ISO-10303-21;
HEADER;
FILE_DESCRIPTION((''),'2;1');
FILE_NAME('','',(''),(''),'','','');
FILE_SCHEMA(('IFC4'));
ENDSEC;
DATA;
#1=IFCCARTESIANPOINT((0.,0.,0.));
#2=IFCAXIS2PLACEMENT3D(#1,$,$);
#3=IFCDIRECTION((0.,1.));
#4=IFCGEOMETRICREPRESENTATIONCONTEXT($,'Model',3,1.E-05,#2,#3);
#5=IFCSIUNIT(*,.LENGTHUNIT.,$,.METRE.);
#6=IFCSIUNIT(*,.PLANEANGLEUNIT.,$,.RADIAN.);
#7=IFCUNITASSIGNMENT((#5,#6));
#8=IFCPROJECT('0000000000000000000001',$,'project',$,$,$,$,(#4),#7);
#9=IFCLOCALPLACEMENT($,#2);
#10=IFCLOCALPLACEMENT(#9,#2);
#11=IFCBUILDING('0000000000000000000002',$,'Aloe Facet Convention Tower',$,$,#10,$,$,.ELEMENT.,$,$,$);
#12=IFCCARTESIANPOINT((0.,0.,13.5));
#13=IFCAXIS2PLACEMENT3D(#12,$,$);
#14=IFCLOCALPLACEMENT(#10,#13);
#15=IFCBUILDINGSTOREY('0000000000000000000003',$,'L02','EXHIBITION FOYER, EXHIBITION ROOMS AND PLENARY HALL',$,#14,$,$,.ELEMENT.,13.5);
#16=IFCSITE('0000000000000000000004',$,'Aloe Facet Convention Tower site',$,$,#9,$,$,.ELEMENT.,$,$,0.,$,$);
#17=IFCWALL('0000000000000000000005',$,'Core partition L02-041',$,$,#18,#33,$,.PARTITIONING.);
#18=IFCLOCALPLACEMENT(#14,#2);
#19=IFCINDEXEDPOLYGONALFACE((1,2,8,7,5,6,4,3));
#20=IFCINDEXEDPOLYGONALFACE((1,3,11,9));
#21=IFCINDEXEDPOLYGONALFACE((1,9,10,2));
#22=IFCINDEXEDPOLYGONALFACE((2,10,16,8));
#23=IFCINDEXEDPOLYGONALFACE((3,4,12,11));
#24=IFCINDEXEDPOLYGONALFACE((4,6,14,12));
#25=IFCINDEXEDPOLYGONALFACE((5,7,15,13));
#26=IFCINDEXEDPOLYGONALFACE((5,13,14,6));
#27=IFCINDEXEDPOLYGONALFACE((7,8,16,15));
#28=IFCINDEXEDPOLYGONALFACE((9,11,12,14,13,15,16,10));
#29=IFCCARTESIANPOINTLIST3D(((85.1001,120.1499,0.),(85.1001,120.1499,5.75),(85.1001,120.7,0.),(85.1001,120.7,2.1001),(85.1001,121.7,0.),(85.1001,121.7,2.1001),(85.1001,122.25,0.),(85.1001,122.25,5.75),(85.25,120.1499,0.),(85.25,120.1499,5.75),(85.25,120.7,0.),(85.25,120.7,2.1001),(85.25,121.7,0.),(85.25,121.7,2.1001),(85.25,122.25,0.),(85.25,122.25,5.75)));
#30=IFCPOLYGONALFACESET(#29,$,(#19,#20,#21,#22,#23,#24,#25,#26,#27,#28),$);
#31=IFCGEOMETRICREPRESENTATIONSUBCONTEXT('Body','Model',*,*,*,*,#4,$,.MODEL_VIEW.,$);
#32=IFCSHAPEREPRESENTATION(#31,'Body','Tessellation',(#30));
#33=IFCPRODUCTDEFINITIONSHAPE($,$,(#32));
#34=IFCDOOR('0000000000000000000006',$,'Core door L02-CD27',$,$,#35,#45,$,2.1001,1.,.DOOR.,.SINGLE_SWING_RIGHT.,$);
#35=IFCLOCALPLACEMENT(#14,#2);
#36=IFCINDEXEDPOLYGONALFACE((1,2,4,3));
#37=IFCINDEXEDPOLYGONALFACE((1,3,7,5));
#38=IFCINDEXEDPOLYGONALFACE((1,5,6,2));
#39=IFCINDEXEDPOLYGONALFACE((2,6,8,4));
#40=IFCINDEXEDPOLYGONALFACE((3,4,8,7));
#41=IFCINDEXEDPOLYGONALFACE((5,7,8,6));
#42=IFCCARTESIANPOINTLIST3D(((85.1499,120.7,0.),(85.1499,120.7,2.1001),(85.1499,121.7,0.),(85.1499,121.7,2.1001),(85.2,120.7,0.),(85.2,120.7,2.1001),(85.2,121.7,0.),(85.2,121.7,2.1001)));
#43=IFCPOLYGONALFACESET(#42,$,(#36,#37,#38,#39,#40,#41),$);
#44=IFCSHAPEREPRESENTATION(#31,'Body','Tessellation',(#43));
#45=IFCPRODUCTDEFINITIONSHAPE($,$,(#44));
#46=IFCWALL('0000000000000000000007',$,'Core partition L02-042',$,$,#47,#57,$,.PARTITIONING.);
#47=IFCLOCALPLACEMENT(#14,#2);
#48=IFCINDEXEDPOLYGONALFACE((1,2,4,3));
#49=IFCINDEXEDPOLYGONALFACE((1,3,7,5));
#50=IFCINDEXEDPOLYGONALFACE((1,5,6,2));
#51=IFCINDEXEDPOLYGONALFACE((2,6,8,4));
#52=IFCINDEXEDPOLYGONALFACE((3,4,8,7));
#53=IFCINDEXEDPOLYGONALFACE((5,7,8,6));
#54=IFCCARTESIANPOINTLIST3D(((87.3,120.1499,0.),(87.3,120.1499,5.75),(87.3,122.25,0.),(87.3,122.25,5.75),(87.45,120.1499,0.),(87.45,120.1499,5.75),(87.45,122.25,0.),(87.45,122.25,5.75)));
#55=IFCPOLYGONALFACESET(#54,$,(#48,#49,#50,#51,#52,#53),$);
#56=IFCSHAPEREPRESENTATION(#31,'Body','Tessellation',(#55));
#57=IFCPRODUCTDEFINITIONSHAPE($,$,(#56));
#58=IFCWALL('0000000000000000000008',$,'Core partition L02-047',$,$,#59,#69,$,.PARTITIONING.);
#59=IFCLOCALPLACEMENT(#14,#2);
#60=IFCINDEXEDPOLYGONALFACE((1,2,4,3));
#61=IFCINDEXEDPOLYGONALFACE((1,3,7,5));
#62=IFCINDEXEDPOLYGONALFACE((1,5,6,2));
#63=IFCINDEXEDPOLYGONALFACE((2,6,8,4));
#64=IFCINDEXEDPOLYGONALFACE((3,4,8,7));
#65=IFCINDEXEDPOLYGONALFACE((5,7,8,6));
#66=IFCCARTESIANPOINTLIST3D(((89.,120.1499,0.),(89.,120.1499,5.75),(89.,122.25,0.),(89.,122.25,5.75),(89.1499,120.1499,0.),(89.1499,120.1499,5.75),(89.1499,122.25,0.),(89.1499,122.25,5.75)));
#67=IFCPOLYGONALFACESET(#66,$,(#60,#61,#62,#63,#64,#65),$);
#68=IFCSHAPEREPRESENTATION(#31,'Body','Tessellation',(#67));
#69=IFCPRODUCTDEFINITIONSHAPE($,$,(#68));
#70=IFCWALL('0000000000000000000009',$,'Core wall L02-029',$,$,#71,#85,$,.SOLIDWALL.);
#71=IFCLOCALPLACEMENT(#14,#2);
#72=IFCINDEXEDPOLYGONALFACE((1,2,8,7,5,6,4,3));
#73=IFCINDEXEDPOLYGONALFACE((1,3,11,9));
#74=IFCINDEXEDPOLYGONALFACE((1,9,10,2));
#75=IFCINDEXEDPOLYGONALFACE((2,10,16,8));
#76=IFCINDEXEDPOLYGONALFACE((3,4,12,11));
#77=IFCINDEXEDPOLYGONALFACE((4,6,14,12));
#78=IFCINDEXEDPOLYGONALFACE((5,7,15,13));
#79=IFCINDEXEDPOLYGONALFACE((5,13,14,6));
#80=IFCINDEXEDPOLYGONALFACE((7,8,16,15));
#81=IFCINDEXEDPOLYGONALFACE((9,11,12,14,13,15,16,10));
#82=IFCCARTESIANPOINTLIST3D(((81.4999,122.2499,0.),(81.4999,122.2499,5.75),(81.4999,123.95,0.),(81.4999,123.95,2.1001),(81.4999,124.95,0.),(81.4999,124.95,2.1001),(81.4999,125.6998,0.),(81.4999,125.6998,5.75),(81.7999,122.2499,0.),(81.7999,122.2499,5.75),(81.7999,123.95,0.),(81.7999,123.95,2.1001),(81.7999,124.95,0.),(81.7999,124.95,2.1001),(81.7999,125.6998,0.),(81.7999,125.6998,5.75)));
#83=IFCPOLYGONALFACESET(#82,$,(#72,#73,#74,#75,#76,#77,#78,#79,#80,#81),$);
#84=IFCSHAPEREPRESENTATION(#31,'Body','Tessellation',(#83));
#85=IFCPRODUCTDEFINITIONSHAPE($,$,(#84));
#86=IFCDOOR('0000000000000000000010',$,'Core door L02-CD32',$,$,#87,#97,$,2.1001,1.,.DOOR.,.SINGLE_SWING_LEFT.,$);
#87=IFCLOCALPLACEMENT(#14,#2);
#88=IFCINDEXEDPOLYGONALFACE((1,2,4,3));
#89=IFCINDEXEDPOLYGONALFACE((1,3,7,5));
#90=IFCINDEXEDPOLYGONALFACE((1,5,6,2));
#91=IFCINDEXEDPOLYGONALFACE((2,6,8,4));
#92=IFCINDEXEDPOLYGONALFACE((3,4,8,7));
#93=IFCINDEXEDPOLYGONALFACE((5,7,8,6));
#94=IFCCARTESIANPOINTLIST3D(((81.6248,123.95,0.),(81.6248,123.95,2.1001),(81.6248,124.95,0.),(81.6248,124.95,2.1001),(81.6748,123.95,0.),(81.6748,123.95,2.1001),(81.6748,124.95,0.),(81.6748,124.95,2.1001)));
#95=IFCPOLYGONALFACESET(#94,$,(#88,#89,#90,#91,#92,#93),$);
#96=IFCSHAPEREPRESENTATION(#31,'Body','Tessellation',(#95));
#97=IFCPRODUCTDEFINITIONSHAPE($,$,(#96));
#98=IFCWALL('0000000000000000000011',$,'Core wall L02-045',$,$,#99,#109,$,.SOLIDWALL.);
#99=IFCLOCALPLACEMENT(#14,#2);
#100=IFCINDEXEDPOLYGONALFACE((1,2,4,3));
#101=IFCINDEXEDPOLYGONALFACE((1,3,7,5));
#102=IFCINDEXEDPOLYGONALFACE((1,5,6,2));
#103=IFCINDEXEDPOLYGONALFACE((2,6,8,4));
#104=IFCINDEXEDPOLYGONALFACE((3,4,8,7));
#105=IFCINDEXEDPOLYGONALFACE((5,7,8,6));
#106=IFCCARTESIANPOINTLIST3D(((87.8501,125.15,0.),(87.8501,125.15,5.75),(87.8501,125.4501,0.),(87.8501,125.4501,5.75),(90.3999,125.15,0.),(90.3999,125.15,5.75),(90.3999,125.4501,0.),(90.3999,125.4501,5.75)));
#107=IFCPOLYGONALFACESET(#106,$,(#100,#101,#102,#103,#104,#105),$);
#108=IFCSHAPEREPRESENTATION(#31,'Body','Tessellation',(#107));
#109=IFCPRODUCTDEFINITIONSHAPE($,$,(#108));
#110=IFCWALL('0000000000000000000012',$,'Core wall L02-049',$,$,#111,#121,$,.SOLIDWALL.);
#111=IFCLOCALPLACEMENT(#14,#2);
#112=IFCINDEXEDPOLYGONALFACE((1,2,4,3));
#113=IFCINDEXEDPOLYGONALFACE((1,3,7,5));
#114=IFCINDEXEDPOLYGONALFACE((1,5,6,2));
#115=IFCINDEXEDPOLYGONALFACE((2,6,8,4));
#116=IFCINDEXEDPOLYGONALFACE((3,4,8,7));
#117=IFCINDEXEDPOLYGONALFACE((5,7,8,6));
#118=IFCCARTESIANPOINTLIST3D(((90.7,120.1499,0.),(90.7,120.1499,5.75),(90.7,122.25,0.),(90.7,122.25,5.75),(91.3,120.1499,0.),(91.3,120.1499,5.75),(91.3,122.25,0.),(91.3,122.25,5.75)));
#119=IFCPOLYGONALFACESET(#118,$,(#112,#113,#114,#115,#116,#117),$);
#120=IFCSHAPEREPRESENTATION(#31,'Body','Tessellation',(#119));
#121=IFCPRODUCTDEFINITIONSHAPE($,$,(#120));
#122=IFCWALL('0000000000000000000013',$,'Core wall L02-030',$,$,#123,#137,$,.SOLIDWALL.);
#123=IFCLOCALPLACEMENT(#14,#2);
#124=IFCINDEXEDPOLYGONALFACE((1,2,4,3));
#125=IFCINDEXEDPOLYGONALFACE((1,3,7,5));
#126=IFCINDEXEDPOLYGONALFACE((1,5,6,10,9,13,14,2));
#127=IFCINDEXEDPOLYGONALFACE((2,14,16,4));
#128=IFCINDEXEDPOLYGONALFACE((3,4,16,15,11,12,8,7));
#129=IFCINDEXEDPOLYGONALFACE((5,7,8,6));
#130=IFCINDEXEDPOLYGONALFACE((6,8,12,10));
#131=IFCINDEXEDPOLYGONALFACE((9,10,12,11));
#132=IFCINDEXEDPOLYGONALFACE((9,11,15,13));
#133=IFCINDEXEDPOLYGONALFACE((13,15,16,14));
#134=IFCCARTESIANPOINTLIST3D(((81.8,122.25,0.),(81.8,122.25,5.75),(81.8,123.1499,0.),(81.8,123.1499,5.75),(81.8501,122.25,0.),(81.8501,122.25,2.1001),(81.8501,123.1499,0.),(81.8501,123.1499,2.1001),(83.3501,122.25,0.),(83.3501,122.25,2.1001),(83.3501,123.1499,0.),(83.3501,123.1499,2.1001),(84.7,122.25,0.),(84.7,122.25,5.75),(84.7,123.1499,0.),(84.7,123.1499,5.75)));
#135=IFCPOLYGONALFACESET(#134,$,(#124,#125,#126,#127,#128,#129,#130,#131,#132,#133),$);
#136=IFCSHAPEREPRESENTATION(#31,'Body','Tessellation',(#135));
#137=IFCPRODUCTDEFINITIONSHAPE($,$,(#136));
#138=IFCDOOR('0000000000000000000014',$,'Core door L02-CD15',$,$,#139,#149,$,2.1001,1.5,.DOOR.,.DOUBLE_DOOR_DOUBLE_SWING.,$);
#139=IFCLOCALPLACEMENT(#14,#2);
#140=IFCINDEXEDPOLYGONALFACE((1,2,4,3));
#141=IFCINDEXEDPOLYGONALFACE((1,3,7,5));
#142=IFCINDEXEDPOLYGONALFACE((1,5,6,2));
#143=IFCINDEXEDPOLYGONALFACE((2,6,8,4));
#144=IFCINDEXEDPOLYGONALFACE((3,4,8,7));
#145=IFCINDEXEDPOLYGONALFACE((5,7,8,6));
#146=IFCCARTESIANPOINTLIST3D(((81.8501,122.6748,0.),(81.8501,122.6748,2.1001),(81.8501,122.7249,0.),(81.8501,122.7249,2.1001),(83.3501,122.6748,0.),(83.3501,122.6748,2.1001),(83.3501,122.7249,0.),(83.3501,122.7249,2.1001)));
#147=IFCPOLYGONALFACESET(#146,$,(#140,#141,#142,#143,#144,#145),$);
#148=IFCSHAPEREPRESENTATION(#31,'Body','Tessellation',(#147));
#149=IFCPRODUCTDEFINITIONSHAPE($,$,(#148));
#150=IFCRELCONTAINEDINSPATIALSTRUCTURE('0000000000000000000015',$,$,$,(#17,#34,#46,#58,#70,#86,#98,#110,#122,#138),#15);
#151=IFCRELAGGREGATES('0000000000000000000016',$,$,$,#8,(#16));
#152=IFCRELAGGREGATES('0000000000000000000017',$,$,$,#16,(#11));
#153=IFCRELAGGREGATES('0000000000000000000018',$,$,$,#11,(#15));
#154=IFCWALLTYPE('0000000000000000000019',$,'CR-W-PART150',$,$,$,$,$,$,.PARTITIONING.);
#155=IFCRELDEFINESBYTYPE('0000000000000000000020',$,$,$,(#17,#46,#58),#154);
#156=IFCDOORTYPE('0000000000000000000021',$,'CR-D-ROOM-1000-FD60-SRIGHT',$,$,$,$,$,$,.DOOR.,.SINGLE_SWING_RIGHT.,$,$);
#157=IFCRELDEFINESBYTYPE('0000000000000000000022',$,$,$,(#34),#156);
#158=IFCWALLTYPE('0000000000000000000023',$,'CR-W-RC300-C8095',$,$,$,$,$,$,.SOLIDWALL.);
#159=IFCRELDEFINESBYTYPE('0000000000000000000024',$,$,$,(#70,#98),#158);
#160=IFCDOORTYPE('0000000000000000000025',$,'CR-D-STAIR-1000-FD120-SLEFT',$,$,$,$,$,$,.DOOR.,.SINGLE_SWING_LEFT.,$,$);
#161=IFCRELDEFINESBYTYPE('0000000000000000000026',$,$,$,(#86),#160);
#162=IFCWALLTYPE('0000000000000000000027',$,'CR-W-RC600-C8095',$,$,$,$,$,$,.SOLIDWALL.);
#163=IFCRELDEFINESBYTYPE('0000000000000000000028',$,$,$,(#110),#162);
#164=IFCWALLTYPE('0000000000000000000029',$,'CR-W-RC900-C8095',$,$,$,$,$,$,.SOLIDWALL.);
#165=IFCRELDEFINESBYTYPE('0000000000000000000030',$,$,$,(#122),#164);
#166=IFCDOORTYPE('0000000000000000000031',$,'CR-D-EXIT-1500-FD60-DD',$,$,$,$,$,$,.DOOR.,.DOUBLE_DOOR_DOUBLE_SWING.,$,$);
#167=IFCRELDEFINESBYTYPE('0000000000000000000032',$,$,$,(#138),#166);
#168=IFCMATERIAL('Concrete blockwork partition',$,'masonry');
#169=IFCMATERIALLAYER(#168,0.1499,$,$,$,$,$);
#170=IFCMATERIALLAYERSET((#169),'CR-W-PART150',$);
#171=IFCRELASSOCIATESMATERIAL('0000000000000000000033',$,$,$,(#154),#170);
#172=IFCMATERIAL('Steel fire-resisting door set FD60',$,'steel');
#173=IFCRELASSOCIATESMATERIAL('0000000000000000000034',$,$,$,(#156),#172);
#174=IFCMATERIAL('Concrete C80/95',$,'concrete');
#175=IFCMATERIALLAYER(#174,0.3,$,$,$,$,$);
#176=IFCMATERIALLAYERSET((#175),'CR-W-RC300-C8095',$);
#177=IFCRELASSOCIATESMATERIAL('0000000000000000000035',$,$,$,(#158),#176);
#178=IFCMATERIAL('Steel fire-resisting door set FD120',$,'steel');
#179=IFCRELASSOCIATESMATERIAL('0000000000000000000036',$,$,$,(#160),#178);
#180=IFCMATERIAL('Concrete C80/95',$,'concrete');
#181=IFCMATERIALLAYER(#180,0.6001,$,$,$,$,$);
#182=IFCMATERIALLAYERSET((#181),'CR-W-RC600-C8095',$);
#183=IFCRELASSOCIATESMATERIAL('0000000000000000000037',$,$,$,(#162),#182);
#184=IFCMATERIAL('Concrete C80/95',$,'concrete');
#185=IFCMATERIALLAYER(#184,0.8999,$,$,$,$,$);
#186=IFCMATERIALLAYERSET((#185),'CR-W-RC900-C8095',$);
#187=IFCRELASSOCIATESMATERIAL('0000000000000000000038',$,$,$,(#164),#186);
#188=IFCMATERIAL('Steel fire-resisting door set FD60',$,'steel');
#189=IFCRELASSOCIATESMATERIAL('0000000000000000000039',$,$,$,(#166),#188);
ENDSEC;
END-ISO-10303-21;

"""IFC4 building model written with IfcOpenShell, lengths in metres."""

from ifc_helpers import new_model, si_unit, direction, frame, frame_2d, origin, place, context, subcontext, project, spatial, rectangle, extrude, material, layer, layer_set, type_object, element, fill, save


model = new_model("IFC4")

# Units and contexts
model_context = context("Model", 3, precision=1e-05, world=origin(), true_north=direction((0.0, 1.0)))
body_context = subcontext(model_context, "Body", "Model", "MODEL_VIEW")
ifc_project = project(units=[si_unit("LENGTHUNIT", "METRE"), si_unit("PLANEANGLEUNIT", "RADIAN")], contexts=[model_context])

# Site, building, storey
site_placement = place(None, origin())
site = spatial("IfcSite", under=ifc_project, at=site_placement, Name="Aloe Facet Convention Tower site", CompositionType="ELEMENT", RefElevation=0.0)
building_placement = place(site_placement, origin())
building = spatial("IfcBuilding", under=site, at=building_placement, Name="Aloe Facet Convention Tower", CompositionType="ELEMENT")
storey_placement = place(building_placement, frame((0.0, 0.0, 13.5)))
storey = spatial("IfcBuildingStorey", under=building, at=storey_placement, Name="L02", Description="EXHIBITION FOYER, EXHIBITION ROOMS AND PLENARY HALL", CompositionType="ELEMENT", Elevation=13.5)

# Shared definitions
ifc_material_1 = material(Name="Concrete blockwork partition", Category="masonry")
ifc_layer_1 = layer(ifc_material_1, 0.1499)
ifc_layer_set_1 = layer_set([ifc_layer_1], Name="CR-W-PART150")
wall_type_1 = type_object("IfcWallType", Name="CR-W-PART150", PredefinedType="PARTITIONING", material=ifc_layer_set_1)

# Wall, opening, door
wall_1_placement = place(storey_placement, frame((85.175, 122.25, 0.0), z_axis=(0.0, 0.0, 1.0), x_axis=(0.0, -1.0, 0.0)))
wall_1 = element("IfcWall", 1, at=wall_1_placement, inside=storey, type_object=wall_type_1, Name="Core partition L02-041", PredefinedType="PARTITIONING", context=body_context, shape_type="SweptSolid", body=[
    extrude(rectangle(XDim=2.1001, YDim=0.1499, at=frame_2d((1.05, 0.0))), origin(), (0.0, 0.0, 1.0), 5.75),
])
opening_1_placement = place(wall_1_placement, frame((0.55, 0.0, 0.0)))
opening_1 = element("IfcOpeningElement", 2, at=opening_1_placement, cuts=wall_1, PredefinedType="OPENING", context=body_context, shape_type="SweptSolid", body=[
    extrude(rectangle(XDim=1.0, YDim=2.1001, at=frame_2d((0.5, 1.05))), frame((0.0, 0.085, 0.0), z_axis=(0.0, -1.0, 0.0), x_axis=(1.0, 0.0, 0.0)), (0.0, 0.0, 1.0), 0.1699),
])
ifc_material_2 = material(Name="Steel fire-resisting door set FD60", Category="steel")
door_type_1 = type_object("IfcDoorType", Name="CR-D-ROOM-1000-FD60-SRIGHT", OperationType="SINGLE_SWING_RIGHT", PredefinedType="DOOR", material=ifc_material_2)
door_1_placement = place(opening_1_placement, origin())
door_1 = element("IfcDoor", 3, at=door_1_placement, inside=storey, type_object=door_type_1, Name="Core door L02-CD27", OperationType="SINGLE_SWING_RIGHT", OverallHeight=2.1001, OverallWidth=1.0, PredefinedType="DOOR", context=body_context, shape_type="SweptSolid", body=[
    extrude(rectangle(XDim=1.0, YDim=2.1001, at=frame_2d((0.5, 1.05))), frame((0.0, 0.0249, 0.0), z_axis=(0.0, -1.0, 0.0), x_axis=(1.0, 0.0, 0.0)), (0.0, 0.0, 1.0), 0.05),
])
fill(opening_1, door_1)

# Walls
for number, where, z_axis, x_axis, name in (
    (4, (87.375, 122.25, 0.0), (0.0, 0.0, 1.0), (0.0, -1.0, 0.0), "Core partition L02-042"),
    (5, (89.075, 122.25, 0.0), (0.0, 0.0, 1.0), (0.0, -1.0, 0.0), "Core partition L02-047"),
):
    element("IfcWall", number, at=place(storey_placement, frame(where, z_axis=z_axis, x_axis=x_axis)), inside=storey, type_object=wall_type_1, Name=name, PredefinedType="PARTITIONING", context=body_context, shape_type="SweptSolid", body=[
        extrude(rectangle(XDim=2.1001, YDim=0.1499, at=frame_2d((1.05, 0.0))), origin(), (0.0, 0.0, 1.0), 5.75),
    ])

# Wall, opening, door
ifc_material_3 = material(Name="Concrete C80/95", Category="concrete")
ifc_layer_2 = layer(ifc_material_3, 0.3)
ifc_layer_set_2 = layer_set([ifc_layer_2], Name="CR-W-RC300-C8095")
wall_type_2 = type_object("IfcWallType", Name="CR-W-RC300-C8095", PredefinedType="SOLIDWALL", material=ifc_layer_set_2)
wall_2_placement = place(storey_placement, frame((81.6499, 125.7, 0.0), z_axis=(0.0, 0.0, 1.0), x_axis=(0.0, -1.0, 0.0)))
wall_2 = element("IfcWall", 6, at=wall_2_placement, inside=storey, type_object=wall_type_2, Name="Core wall L02-029", PredefinedType="SOLIDWALL", context=body_context, shape_type="SweptSolid", body=[
    extrude(rectangle(XDim=3.45, YDim=0.3, at=frame_2d((1.7251, 0.0))), origin(), (0.0, 0.0, 1.0), 5.75),
])
opening_2_placement = place(wall_2_placement, frame((0.75, 0.0, 0.0)))
opening_2 = element("IfcOpeningElement", 7, at=opening_2_placement, cuts=wall_2, PredefinedType="OPENING", context=body_context, shape_type="SweptSolid", body=[
    extrude(rectangle(XDim=1.0, YDim=2.1001, at=frame_2d((0.5, 1.05))), frame((0.0, 0.1602, 0.0), z_axis=(0.0, -1.0, 0.0), x_axis=(1.0, 0.0, 0.0)), (0.0, 0.0, 1.0), 0.3201),
])
ifc_material_4 = material(Name="Steel fire-resisting door set FD120", Category="steel")
door_type_2 = type_object("IfcDoorType", Name="CR-D-STAIR-1000-FD120-SLEFT", OperationType="SINGLE_SWING_LEFT", PredefinedType="DOOR", material=ifc_material_4)
door_2_placement = place(opening_2_placement, origin())
door_2 = element("IfcDoor", 8, at=door_2_placement, inside=storey, type_object=door_type_2, Name="Core door L02-CD32", OperationType="SINGLE_SWING_LEFT", OverallHeight=2.1001, OverallWidth=1.0, PredefinedType="DOOR", context=body_context, shape_type="SweptSolid", body=[
    extrude(rectangle(XDim=1.0, YDim=2.1001, at=frame_2d((0.5, 1.05))), frame((0.0, 0.0249, 0.0), z_axis=(0.0, -1.0, 0.0), x_axis=(1.0, 0.0, 0.0)), (0.0, 0.0, 1.0), 0.05),
])
fill(opening_2, door_2)

# Walls
wall_3_placement = place(storey_placement, frame((87.8501, 125.3, 0.0), z_axis=(0.0, 0.0, 1.0), x_axis=(1.0, 0.0, 0.0)))
element("IfcWall", 9, at=wall_3_placement, inside=storey, type_object=wall_type_2, Name="Core wall L02-045", PredefinedType="SOLIDWALL", context=body_context, shape_type="SweptSolid", body=[
    extrude(rectangle(XDim=2.5498, YDim=0.3, at=frame_2d((1.2749, 0.0))), origin(), (0.0, 0.0, 1.0), 5.75),
])
ifc_material_5 = material(Name="Concrete C80/95", Category="concrete")
ifc_layer_3 = layer(ifc_material_5, 0.6001)
ifc_layer_set_3 = layer_set([ifc_layer_3], Name="CR-W-RC600-C8095")
wall_type_3 = type_object("IfcWallType", Name="CR-W-RC600-C8095", PredefinedType="SOLIDWALL", material=ifc_layer_set_3)
wall_4_placement = place(storey_placement, frame((91.0, 122.25, 0.0), z_axis=(0.0, 0.0, 1.0), x_axis=(0.0, -1.0, 0.0)))
element("IfcWall", 10, at=wall_4_placement, inside=storey, type_object=wall_type_3, Name="Core wall L02-049", PredefinedType="SOLIDWALL", context=body_context, shape_type="SweptSolid", body=[
    extrude(rectangle(XDim=2.1001, YDim=0.6001, at=frame_2d((1.05, 0.0))), origin(), (0.0, 0.0, 1.0), 5.75),
])

# Wall, opening, door
ifc_material_6 = material(Name="Concrete C80/95", Category="concrete")
ifc_layer_4 = layer(ifc_material_6, 0.8999)
ifc_layer_set_4 = layer_set([ifc_layer_4], Name="CR-W-RC900-C8095")
wall_type_4 = type_object("IfcWallType", Name="CR-W-RC900-C8095", PredefinedType="SOLIDWALL", material=ifc_layer_set_4)
wall_5_placement = place(storey_placement, frame((81.8, 122.7, 0.0), z_axis=(0.0, 0.0, 1.0), x_axis=(1.0, 0.0, 0.0)))
wall_5 = element("IfcWall", 11, at=wall_5_placement, inside=storey, type_object=wall_type_4, Name="Core wall L02-030", PredefinedType="SOLIDWALL", context=body_context, shape_type="SweptSolid", body=[
    extrude(rectangle(XDim=2.8999, YDim=0.8999, at=frame_2d((1.45, 0.0))), origin(), (0.0, 0.0, 1.0), 5.75),
])
opening_3_placement = place(wall_5_placement, frame((0.05, 0.0, 0.0)))
opening_3 = element("IfcOpeningElement", 12, at=opening_3_placement, cuts=wall_5, PredefinedType="OPENING", context=body_context, shape_type="SweptSolid", body=[
    extrude(rectangle(XDim=1.5, YDim=2.1001, at=frame_2d((0.75, 1.05))), frame((0.0, 0.46, 0.0), z_axis=(0.0, -1.0, 0.0), x_axis=(1.0, 0.0, 0.0)), (0.0, 0.0, 1.0), 0.9199),
])
ifc_material_7 = material(Name="Steel fire-resisting door set FD60", Category="steel")
door_type_3 = type_object("IfcDoorType", Name="CR-D-EXIT-1500-FD60-DD", OperationType="DOUBLE_DOOR_DOUBLE_SWING", PredefinedType="DOOR", material=ifc_material_7)
door_3_placement = place(opening_3_placement, origin())
door_3 = element("IfcDoor", 13, at=door_3_placement, inside=storey, type_object=door_type_3, Name="Core door L02-CD15", OperationType="DOUBLE_DOOR_DOUBLE_SWING", OverallHeight=2.1001, OverallWidth=1.5, PredefinedType="DOOR", context=body_context, shape_type="SweptSolid", body=[
    extrude(rectangle(XDim=1.5, YDim=2.1001, at=frame_2d((0.75, 1.05))), frame((0.0, 0.0249, 0.0), z_axis=(0.0, -1.0, 0.0), x_axis=(1.0, 0.0, 0.0)), (0.0, 0.0, 1.0), 0.05),
])
fill(opening_3, door_3)

save(model, "model.ifc")
